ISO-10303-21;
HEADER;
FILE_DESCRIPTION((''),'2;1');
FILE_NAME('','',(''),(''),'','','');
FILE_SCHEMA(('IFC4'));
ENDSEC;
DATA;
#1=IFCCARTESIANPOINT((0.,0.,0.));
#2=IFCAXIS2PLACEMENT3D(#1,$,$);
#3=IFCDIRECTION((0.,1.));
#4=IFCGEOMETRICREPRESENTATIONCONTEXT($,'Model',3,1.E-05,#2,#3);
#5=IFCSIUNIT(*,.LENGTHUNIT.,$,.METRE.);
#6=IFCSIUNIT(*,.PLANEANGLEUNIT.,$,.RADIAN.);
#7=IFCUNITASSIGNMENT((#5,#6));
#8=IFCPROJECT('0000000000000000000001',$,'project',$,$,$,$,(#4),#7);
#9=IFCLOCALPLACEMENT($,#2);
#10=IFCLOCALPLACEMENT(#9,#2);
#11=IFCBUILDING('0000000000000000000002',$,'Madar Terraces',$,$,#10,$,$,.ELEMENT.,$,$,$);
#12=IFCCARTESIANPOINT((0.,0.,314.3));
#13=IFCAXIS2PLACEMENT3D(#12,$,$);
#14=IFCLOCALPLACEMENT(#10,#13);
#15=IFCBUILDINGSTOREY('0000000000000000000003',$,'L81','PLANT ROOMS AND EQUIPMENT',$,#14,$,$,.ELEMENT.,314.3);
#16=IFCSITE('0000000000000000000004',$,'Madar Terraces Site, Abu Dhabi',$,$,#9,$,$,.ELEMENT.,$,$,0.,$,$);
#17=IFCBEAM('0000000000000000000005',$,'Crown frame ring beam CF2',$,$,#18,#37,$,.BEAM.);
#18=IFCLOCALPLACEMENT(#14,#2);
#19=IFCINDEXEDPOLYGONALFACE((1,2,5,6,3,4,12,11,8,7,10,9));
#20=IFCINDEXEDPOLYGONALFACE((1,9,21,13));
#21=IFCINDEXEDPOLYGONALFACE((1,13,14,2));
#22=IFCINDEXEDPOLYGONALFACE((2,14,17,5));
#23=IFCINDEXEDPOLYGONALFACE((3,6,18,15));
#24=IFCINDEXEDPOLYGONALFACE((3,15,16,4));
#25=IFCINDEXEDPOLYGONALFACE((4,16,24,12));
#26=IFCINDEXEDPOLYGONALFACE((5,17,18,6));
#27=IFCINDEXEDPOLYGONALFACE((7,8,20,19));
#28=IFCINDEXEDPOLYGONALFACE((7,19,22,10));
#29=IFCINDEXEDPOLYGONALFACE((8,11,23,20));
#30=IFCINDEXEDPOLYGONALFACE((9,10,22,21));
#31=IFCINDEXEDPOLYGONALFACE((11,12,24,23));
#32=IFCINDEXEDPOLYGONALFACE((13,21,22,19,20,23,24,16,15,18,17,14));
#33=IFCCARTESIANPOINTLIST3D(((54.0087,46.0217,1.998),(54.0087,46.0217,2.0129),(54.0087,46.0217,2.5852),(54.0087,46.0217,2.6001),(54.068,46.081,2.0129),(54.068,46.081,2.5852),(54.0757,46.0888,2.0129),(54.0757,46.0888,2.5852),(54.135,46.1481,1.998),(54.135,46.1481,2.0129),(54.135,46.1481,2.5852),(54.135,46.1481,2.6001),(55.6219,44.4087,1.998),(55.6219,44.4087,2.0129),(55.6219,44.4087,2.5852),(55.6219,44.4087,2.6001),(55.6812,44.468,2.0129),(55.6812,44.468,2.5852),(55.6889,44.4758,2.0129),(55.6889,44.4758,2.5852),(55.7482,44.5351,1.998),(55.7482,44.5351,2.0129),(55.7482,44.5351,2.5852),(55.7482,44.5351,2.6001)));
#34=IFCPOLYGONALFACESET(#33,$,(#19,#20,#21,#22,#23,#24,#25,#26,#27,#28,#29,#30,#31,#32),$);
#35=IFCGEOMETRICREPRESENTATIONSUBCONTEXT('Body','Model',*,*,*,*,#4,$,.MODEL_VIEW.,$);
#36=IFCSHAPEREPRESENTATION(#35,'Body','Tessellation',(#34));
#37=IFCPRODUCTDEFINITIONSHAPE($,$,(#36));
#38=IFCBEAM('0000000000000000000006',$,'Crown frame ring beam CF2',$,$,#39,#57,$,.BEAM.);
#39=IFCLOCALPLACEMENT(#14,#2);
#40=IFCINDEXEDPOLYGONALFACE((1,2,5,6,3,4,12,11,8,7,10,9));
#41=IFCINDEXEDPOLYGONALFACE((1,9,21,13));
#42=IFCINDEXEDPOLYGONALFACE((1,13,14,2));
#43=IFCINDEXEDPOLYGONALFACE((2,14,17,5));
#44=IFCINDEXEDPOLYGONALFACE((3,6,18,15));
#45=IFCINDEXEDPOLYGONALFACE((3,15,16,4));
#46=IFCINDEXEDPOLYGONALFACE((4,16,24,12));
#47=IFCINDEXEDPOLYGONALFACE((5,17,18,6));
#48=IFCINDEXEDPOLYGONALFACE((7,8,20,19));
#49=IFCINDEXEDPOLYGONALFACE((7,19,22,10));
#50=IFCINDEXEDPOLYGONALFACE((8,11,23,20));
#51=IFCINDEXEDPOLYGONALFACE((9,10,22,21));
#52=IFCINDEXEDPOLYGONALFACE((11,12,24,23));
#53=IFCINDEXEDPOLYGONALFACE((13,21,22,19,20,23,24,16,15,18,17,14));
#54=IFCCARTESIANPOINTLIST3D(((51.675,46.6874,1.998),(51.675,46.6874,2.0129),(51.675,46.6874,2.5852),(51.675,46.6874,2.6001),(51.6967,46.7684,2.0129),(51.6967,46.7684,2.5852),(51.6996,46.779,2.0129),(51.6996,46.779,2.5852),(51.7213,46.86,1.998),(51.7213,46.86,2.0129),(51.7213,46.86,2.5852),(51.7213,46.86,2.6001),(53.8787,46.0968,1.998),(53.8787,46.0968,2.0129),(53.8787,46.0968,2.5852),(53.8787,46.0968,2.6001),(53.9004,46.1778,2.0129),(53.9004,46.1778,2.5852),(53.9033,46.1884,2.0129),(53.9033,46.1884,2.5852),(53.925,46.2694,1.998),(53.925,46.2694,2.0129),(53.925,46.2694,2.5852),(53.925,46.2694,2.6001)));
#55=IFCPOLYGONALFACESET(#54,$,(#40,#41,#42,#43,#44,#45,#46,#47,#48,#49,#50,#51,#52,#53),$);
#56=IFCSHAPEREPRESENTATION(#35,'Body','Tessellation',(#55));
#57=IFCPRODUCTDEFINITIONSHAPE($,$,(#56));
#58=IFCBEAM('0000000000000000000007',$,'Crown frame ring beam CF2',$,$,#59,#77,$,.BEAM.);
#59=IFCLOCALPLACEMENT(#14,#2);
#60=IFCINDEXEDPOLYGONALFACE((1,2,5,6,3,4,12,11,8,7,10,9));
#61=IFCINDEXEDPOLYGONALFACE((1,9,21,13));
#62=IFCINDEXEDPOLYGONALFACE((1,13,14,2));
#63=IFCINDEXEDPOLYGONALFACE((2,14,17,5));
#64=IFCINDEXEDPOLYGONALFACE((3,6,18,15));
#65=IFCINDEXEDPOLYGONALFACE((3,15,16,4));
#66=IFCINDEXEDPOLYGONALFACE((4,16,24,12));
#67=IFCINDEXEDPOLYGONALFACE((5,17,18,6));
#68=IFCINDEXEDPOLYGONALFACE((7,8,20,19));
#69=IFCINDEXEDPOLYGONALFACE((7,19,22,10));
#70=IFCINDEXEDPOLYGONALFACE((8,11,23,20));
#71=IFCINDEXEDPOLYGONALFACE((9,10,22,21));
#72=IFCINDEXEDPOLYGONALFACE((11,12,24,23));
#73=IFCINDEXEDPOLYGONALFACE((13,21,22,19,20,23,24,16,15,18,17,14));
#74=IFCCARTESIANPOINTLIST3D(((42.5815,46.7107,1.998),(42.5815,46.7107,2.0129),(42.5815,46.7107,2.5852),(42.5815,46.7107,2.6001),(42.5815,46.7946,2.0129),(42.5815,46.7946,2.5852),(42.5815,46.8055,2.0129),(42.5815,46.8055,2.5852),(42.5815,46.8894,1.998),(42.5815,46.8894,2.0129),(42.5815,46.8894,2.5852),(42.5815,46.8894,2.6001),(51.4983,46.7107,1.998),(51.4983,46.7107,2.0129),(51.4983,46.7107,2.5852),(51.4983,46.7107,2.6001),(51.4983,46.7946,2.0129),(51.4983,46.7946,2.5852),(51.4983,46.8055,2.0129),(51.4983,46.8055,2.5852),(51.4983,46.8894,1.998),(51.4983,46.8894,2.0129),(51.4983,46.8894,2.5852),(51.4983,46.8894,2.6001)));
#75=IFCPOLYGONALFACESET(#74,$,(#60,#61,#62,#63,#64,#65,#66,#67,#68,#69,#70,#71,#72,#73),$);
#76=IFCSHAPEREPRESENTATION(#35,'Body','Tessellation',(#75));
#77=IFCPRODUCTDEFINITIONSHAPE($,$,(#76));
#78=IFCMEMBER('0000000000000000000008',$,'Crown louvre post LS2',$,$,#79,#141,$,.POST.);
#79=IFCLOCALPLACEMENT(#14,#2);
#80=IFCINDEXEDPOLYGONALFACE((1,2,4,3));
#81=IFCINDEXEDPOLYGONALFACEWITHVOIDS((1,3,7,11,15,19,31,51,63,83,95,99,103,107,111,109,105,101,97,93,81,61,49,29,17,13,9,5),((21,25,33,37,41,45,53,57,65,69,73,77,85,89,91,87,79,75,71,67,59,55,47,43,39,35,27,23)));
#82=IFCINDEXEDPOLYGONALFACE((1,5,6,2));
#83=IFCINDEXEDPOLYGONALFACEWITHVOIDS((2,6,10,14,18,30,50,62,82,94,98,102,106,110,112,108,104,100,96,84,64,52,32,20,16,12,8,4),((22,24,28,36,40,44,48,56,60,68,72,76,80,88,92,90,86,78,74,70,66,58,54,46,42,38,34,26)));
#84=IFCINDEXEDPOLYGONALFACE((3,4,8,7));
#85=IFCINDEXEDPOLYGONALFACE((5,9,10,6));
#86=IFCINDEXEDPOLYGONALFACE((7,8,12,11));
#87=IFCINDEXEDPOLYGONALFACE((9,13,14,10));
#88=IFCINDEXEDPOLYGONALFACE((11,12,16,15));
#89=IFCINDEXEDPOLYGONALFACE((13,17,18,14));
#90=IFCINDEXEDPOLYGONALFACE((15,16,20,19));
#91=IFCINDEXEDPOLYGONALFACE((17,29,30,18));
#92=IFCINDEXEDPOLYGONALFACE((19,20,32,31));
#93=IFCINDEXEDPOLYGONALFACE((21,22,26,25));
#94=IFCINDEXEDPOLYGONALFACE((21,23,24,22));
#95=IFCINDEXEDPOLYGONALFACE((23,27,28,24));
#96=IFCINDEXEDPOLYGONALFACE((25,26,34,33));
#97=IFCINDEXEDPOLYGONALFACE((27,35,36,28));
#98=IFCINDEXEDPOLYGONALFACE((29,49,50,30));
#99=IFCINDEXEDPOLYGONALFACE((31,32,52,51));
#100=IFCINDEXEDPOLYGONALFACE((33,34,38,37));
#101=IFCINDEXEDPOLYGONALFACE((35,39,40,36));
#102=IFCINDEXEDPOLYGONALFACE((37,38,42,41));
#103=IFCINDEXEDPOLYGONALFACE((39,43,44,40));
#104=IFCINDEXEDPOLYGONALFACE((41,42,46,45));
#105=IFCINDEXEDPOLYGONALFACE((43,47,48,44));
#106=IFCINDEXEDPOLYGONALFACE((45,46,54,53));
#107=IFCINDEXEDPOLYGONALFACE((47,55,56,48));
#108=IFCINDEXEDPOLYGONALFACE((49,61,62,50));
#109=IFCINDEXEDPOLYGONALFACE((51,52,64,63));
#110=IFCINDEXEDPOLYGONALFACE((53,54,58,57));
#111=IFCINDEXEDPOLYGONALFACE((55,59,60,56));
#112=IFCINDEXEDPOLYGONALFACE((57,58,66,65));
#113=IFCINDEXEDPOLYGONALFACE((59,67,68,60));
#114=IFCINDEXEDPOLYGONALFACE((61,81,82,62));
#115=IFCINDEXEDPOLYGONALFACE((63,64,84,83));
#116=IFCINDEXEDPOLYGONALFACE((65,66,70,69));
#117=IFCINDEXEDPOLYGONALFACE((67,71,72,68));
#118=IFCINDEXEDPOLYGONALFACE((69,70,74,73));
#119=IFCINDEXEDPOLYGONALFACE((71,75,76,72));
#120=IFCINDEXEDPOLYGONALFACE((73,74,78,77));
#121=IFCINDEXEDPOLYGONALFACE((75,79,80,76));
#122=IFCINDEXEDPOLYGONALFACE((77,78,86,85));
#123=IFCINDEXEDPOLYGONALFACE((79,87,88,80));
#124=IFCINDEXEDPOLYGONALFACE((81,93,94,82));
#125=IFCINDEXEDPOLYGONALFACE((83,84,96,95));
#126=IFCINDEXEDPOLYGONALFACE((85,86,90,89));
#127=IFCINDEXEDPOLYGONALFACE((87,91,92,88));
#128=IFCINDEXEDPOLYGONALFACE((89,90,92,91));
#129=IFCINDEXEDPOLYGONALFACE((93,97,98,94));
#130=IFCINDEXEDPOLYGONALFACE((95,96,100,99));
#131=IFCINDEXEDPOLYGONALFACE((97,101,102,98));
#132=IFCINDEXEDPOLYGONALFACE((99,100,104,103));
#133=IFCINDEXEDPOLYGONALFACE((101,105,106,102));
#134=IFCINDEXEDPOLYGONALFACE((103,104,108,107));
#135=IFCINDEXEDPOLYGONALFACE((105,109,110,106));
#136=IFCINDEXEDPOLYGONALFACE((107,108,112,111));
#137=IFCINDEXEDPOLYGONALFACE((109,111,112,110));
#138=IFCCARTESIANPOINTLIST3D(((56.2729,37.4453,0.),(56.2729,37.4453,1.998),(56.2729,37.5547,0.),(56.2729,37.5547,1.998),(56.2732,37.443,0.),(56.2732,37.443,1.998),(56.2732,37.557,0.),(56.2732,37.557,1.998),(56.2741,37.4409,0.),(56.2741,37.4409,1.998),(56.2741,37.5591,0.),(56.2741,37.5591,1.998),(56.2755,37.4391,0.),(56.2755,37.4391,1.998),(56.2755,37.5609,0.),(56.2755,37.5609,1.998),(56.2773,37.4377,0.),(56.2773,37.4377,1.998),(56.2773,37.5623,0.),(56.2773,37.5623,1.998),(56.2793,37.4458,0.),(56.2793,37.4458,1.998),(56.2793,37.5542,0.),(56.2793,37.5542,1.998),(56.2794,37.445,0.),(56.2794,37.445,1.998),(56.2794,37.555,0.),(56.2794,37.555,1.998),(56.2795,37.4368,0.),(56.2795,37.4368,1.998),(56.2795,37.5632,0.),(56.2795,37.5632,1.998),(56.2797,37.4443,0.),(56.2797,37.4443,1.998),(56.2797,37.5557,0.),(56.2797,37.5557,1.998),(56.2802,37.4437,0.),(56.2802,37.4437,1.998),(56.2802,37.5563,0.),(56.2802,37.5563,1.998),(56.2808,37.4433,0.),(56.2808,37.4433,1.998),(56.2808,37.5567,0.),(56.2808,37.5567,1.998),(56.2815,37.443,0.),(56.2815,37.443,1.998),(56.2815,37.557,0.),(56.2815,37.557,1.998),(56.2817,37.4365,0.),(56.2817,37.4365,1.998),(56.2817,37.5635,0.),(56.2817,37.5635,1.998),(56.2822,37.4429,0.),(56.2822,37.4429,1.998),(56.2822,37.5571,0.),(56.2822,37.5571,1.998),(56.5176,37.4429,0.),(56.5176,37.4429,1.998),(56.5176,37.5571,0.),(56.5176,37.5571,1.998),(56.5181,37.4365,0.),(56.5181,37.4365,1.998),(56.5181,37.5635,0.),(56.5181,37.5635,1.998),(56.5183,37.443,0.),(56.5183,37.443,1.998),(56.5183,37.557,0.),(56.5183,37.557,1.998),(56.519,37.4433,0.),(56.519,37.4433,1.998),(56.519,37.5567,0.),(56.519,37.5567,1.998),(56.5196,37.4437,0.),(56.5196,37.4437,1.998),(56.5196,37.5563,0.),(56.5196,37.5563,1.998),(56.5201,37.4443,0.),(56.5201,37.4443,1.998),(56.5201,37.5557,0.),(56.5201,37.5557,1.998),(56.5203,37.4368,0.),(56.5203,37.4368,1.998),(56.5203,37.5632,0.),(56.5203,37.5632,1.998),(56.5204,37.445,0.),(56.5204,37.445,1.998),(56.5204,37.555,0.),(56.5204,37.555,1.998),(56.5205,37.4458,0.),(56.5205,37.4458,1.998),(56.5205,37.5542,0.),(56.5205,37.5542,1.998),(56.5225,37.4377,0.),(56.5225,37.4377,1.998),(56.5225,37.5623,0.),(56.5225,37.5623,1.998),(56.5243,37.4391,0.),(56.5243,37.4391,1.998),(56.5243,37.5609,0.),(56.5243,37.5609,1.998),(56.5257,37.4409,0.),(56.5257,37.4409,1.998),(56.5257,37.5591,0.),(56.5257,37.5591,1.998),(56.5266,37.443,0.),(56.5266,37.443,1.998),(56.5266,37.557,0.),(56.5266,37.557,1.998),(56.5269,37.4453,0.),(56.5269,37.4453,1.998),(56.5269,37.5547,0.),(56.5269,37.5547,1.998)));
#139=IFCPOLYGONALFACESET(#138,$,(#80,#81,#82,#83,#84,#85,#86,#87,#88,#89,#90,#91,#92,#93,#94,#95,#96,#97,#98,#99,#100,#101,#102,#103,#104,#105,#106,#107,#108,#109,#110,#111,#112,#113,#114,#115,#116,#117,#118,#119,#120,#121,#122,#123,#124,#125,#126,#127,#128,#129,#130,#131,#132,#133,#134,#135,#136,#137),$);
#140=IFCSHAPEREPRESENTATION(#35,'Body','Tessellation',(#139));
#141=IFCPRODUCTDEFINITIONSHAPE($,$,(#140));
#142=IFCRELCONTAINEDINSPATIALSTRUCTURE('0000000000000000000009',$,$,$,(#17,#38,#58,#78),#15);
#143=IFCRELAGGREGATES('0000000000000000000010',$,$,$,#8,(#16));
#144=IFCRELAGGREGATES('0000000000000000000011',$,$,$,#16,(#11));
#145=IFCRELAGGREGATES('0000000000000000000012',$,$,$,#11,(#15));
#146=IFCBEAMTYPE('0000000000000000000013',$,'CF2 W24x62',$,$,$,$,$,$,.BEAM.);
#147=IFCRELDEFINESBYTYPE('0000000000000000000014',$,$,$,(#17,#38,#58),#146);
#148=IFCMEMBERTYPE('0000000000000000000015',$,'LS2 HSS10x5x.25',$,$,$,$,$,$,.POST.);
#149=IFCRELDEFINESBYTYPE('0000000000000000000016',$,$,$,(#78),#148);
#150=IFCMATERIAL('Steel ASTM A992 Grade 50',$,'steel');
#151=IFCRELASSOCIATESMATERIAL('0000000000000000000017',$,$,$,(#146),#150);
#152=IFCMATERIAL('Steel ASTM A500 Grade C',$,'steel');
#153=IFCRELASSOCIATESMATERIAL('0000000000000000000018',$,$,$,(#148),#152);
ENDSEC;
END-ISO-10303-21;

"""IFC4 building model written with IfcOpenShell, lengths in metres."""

from ifc_helpers import new_model, si_unit, direction, frame, origin, origin_2d, place, context, subcontext, project, spatial, hollow_rectangle, i_section, extrude, material, material_profile, profile_set, type_object, element, save


model = new_model("IFC4")

# Units and contexts
model_context = context("Model", 3, precision=1e-05, world=origin(), true_north=direction((0.0, 1.0)))
body_context = subcontext(model_context, "Body", "Model", "MODEL_VIEW")
ifc_project = project(units=[si_unit("LENGTHUNIT", "METRE"), si_unit("PLANEANGLEUNIT", "RADIAN")], contexts=[model_context])

# Site, building, storey
site_placement = place(None, origin())
site = spatial("IfcSite", under=ifc_project, at=site_placement, Name="Madar Terraces Site, Abu Dhabi", CompositionType="ELEMENT", RefElevation=0.0)
building_placement = place(site_placement, origin())
building = spatial("IfcBuilding", under=site, at=building_placement, Name="Madar Terraces", CompositionType="ELEMENT")
storey_placement = place(building_placement, frame((0.0, 0.0, 314.3)))
storey = spatial("IfcBuildingStorey", under=building, at=storey_placement, Name="L81", Description="PLANT ROOMS AND EQUIPMENT", CompositionType="ELEMENT", Elevation=314.3)

# Beams
ifc_material_1 = material(Name="Steel ASTM A992 Grade 50", Category="steel")
ifc_material_profile_1 = material_profile(ifc_material_1, i_section(OverallWidth=0.1787, OverallDepth=0.6021, WebThickness=0.011, FlangeThickness=0.0149, at=origin_2d()), Name="W24x62")
ifc_profile_set_1 = profile_set([ifc_material_profile_1], Name="Steel ASTM A992 Grade 50")
beam_type = type_object("IfcBeamType", Name="CF2 W24x62", PredefinedType="BEAM", material=ifc_profile_set_1)
beam_1_placement = place(storey_placement, frame((55.6851, 44.4719, 2.2991), z_axis=(-0.70716, 0.707053, 0.0), x_axis=(-0.707053, -0.70716, 0.0)))
element("IfcBeam", 1, at=beam_1_placement, inside=storey, type_object=beam_type, Name="Crown frame ring beam CF2", PredefinedType="BEAM", context=body_context, shape_type="SweptSolid", body=[
    extrude(i_section(OverallWidth=0.1787, OverallDepth=0.6021, WebThickness=0.011, FlangeThickness=0.0149, at=origin_2d()), origin(), (0.0, 0.0, 1.0), 2.2812),
])
beam_2_placement = place(storey_placement, frame((53.9019, 46.1831, 2.2991), z_axis=(-0.965913, 0.258868, 0.0), x_axis=(-0.258868, -0.965913, 0.0)))
element("IfcBeam", 2, at=beam_2_placement, inside=storey, type_object=beam_type, Name="Crown frame ring beam CF2", PredefinedType="BEAM", context=body_context, shape_type="SweptSolid", body=[
    extrude(i_section(OverallWidth=0.1787, OverallDepth=0.6021, WebThickness=0.011, FlangeThickness=0.0149, at=origin_2d()), origin(), (0.0, 0.0, 1.0), 2.2815),
])
beam_3_placement = place(storey_placement, frame((51.4983, 46.8, 2.2991), z_axis=(-1.0, 0.0, 0.0), x_axis=(0.0, -1.0, 0.0)))
element("IfcBeam", 3, at=beam_3_placement, inside=storey, type_object=beam_type, Name="Crown frame ring beam CF2", PredefinedType="BEAM", context=body_context, shape_type="SweptSolid", body=[
    extrude(i_section(OverallWidth=0.1787, OverallDepth=0.6021, WebThickness=0.011, FlangeThickness=0.0149, at=origin_2d()), origin(), (0.0, 0.0, 1.0), 8.9167),
])

# Member
ifc_material_2 = material(Name="Steel ASTM A500 Grade C", Category="steel")
ifc_material_profile_2 = material_profile(ifc_material_2, hollow_rectangle(XDim=0.127, YDim=0.2539, WallThickness=0.0063, InnerFilletRadius=0.0029, OuterFilletRadius=0.0088, at=origin_2d()), Name="HSS10x5x.25")
ifc_profile_set_2 = profile_set([ifc_material_profile_2], Name="Steel ASTM A500 Grade C")
member_type = type_object("IfcMemberType", Name="LS2 HSS10x5x.25", PredefinedType="POST", material=ifc_profile_set_2)
for number, where, z_axis, x_axis, name in (
    (4, (56.3999, 37.5, 0.0), (0.0, 0.0, 1.0), (0.0, 1.0, 0.0), "Crown louvre post LS2"),
):
    element("IfcMember", number, at=place(storey_placement, frame(where, z_axis=z_axis, x_axis=x_axis)), inside=storey, type_object=member_type, Name=name, PredefinedType="POST", context=body_context, shape_type="SweptSolid", body=[
        extrude(hollow_rectangle(XDim=0.127, YDim=0.2539, WallThickness=0.0063, InnerFilletRadius=0.0029, OuterFilletRadius=0.0088, at=origin_2d()), origin(), (0.0, 0.0, 1.0), 1.998),
    ])

save(model, "model.ifc")
